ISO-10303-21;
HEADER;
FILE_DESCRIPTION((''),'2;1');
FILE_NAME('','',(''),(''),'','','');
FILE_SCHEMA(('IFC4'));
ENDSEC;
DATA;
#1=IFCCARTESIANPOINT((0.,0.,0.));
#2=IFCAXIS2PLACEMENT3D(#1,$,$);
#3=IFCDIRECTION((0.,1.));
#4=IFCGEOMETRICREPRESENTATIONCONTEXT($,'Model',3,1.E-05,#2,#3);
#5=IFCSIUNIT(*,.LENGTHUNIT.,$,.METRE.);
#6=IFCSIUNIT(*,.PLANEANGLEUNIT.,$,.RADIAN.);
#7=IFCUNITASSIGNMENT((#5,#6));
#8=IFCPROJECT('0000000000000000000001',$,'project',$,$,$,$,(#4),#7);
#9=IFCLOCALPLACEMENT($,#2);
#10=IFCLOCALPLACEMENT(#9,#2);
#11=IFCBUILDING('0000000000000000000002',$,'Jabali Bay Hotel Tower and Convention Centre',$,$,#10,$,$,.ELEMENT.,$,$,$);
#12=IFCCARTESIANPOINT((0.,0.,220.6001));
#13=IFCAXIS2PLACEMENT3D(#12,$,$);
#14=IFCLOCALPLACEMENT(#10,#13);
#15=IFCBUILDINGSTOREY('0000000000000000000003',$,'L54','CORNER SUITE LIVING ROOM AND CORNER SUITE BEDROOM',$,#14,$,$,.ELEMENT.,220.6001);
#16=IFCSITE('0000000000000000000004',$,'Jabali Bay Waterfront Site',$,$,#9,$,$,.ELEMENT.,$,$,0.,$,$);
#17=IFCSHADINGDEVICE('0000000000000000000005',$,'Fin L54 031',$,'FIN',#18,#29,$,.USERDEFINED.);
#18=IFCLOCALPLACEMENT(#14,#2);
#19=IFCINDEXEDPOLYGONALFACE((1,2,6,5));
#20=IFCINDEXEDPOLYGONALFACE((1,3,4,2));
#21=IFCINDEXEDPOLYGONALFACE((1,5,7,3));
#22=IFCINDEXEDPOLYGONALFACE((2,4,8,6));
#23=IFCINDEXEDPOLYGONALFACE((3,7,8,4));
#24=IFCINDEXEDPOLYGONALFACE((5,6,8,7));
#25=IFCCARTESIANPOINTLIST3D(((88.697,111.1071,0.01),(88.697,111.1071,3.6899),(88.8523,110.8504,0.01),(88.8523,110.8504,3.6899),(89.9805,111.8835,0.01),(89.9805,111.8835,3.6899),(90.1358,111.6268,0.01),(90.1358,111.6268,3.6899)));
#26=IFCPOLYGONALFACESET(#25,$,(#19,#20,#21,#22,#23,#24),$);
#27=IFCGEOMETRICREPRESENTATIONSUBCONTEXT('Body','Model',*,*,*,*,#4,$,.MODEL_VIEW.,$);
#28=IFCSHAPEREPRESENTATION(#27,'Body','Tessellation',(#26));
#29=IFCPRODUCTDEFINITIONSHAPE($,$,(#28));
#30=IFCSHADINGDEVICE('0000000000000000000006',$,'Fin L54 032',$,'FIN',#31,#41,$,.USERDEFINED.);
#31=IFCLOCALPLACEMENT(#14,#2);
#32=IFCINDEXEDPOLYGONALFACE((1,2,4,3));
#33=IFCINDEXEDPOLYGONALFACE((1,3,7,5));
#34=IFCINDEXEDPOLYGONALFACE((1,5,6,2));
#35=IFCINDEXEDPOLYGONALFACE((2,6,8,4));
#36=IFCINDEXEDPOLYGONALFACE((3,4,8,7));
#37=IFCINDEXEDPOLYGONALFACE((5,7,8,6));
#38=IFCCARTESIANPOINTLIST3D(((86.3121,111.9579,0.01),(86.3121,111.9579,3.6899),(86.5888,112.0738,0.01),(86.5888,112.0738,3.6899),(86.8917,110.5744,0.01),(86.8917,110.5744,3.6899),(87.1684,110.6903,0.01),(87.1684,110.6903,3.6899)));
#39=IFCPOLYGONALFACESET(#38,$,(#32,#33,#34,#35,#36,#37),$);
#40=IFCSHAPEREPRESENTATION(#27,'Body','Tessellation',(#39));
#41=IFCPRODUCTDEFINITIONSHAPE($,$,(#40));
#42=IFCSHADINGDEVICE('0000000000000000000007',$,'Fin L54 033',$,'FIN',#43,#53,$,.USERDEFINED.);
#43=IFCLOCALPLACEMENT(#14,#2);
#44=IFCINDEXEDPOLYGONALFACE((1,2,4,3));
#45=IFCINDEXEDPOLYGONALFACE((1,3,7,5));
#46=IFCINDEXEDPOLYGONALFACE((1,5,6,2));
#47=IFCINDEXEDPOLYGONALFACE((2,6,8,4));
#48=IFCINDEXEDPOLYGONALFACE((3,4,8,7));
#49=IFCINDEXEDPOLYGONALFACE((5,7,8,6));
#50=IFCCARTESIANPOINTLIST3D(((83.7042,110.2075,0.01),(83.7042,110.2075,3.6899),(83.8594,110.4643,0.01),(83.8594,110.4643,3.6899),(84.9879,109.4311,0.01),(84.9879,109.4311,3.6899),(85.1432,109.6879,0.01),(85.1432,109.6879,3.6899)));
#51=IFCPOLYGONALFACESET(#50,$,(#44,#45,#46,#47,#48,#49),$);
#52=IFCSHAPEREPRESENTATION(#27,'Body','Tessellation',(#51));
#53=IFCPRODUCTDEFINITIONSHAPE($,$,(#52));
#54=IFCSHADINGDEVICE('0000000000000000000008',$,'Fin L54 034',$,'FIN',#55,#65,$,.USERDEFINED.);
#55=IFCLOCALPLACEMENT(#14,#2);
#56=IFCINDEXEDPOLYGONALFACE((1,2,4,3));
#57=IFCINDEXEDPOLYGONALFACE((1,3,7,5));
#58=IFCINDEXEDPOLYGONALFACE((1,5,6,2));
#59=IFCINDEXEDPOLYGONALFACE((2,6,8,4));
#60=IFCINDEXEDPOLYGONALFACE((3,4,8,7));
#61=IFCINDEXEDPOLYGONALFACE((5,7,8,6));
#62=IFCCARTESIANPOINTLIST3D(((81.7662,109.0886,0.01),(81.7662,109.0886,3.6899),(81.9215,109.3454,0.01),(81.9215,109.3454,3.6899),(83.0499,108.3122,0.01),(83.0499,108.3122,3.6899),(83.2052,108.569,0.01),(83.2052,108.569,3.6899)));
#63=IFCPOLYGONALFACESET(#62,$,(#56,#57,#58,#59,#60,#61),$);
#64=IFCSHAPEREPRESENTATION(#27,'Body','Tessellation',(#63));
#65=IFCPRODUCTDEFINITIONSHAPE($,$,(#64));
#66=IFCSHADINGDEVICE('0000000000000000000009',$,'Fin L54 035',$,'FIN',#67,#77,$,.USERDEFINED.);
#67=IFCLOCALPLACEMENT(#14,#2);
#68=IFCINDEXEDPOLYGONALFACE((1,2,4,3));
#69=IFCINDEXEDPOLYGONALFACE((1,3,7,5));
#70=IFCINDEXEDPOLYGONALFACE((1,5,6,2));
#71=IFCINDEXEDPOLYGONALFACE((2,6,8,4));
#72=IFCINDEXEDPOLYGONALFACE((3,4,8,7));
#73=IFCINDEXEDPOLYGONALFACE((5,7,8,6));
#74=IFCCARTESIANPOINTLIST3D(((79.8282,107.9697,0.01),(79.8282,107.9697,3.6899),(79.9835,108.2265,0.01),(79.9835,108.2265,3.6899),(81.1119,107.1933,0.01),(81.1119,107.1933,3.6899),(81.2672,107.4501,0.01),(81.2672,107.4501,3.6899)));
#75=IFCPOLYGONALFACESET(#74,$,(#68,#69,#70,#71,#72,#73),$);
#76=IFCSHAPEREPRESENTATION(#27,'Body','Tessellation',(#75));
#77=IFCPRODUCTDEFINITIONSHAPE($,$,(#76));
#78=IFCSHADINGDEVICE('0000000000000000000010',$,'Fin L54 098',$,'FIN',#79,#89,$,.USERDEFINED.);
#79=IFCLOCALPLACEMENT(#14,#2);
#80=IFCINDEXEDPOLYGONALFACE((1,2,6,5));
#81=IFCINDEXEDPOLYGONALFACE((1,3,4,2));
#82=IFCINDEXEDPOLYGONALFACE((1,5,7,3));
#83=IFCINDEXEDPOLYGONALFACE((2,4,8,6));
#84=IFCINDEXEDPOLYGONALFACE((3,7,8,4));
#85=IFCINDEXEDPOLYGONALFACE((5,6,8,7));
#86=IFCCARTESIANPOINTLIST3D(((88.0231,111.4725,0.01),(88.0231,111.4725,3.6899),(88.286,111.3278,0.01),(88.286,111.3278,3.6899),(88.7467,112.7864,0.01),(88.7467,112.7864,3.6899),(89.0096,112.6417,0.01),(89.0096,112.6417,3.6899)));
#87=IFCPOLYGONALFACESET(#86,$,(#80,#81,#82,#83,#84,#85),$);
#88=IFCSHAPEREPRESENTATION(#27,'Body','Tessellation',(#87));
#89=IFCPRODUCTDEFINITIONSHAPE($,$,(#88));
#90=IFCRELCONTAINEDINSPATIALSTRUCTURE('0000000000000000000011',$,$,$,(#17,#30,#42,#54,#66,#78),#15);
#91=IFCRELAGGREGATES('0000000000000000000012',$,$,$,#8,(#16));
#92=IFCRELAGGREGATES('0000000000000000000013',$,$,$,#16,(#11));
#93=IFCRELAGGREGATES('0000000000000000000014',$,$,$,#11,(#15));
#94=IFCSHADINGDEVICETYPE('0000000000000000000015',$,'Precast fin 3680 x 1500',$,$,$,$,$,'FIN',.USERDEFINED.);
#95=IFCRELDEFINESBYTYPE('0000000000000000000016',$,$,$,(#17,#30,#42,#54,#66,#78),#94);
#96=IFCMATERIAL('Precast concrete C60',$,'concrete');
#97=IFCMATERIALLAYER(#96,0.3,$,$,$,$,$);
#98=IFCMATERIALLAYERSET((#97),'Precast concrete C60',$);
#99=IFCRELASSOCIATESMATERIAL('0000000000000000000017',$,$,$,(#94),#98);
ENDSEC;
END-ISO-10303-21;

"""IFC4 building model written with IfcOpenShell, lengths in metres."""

from ifc_helpers import new_model, si_unit, direction, frame, frame_2d, origin, place, context, subcontext, project, spatial, rectangle, extrude, material, layer, layer_set, type_object, element, save


model = new_model("IFC4")

# Units and contexts
model_context = context("Model", 3, precision=1e-05, world=origin(), true_north=direction((0.0, 1.0)))
body_context = subcontext(model_context, "Body", "Model", "MODEL_VIEW")
ifc_project = project(units=[si_unit("LENGTHUNIT", "METRE"), si_unit("PLANEANGLEUNIT", "RADIAN")], contexts=[model_context])

# Site, building, storey
site_placement = place(None, origin())
site = spatial("IfcSite", under=ifc_project, at=site_placement, Name="Jabali Bay Waterfront Site", CompositionType="ELEMENT", RefElevation=0.0)
building_placement = place(site_placement, origin())
building = spatial("IfcBuilding", under=site, at=building_placement, Name="Jabali Bay Hotel Tower and Convention Centre", CompositionType="ELEMENT")
storey_placement = place(building_placement, frame((0.0, 0.0, 220.6001)))
storey = spatial("IfcBuildingStorey", under=building, at=storey_placement, Name="L54", Description="CORNER SUITE LIVING ROOM AND CORNER SUITE BEDROOM", CompositionType="ELEMENT", Elevation=220.6001)

# Shading devices
ifc_material_1 = material(Name="Precast concrete C60", Category="concrete")
ifc_layer_1 = layer(ifc_material_1, 0.3)
ifc_layer_set_1 = layer_set([ifc_layer_1], Name="Precast concrete C60")
shading_device_type = type_object("IfcShadingDeviceType", Name="Precast fin 3680 x 1500", ElementType="FIN", PredefinedType="USERDEFINED", material=ifc_layer_set_1)
for number, where, z_axis, x_axis, name in (
    (1, (88.7747, 110.9788, 0.01), (0.0, 0.0, 1.0), (0.855635, 0.51758, 0.0), "Fin L54 031"),
    (2, (87.03, 110.6323, 0.01), (0.0, 0.0, 1.0), (-0.386383, 0.922338, 0.0), "Fin L54 032"),
):
    element("IfcShadingDevice", number, at=place(storey_placement, frame(where, z_axis=z_axis, x_axis=x_axis)), inside=storey, type_object=shading_device_type, Name=name, ObjectType="FIN", PredefinedType="USERDEFINED", context=body_context, shape_type="SweptSolid", body=[
        extrude(rectangle(XDim=1.5, YDim=0.3, at=frame_2d((0.75, 0.0))), origin(), (0.0, 0.0, 1.0), 3.6799),
    ])
for number, where, z_axis, x_axis, name in (
    (3, (85.0654, 109.5596, 0.01), (0.0, 0.0, 1.0), (-0.855678, 0.517508, 0.0), "Fin L54 033"),
    (4, (83.1274, 108.4407, 0.01), (0.0, 0.0, 1.0), (-0.855678, 0.517508, 0.0), "Fin L54 034"),
    (5, (81.1895, 107.3218, 0.01), (0.0, 0.0, 1.0), (-0.855678, 0.517508, 0.0), "Fin L54 035"),
):
    element("IfcShadingDevice", number, at=place(storey_placement, frame(where, z_axis=z_axis, x_axis=x_axis)), inside=storey, type_object=shading_device_type, Name=name, ObjectType="FIN", PredefinedType="USERDEFINED", context=body_context, shape_type="SweptSolid", body=[
        extrude(rectangle(XDim=1.5002, YDim=0.3, at=frame_2d((0.75, 0.0))), origin(), (0.0, 0.0, 1.0), 3.6799),
    ])
shading_device_placement = place(storey_placement, frame((88.1545, 111.4001, 0.01), z_axis=(0.0, 0.0, 1.0), x_axis=(0.482406, 0.875948, 0.0)))
element("IfcShadingDevice", 6, at=shading_device_placement, inside=storey, type_object=shading_device_type, Name="Fin L54 098", ObjectType="FIN", PredefinedType="USERDEFINED", context=body_context, shape_type="SweptSolid", body=[
    extrude(rectangle(XDim=1.5, YDim=0.3, at=frame_2d((0.75, 0.0))), origin(), (0.0, 0.0, 1.0), 3.6799),
])

save(model, "model.ifc")
